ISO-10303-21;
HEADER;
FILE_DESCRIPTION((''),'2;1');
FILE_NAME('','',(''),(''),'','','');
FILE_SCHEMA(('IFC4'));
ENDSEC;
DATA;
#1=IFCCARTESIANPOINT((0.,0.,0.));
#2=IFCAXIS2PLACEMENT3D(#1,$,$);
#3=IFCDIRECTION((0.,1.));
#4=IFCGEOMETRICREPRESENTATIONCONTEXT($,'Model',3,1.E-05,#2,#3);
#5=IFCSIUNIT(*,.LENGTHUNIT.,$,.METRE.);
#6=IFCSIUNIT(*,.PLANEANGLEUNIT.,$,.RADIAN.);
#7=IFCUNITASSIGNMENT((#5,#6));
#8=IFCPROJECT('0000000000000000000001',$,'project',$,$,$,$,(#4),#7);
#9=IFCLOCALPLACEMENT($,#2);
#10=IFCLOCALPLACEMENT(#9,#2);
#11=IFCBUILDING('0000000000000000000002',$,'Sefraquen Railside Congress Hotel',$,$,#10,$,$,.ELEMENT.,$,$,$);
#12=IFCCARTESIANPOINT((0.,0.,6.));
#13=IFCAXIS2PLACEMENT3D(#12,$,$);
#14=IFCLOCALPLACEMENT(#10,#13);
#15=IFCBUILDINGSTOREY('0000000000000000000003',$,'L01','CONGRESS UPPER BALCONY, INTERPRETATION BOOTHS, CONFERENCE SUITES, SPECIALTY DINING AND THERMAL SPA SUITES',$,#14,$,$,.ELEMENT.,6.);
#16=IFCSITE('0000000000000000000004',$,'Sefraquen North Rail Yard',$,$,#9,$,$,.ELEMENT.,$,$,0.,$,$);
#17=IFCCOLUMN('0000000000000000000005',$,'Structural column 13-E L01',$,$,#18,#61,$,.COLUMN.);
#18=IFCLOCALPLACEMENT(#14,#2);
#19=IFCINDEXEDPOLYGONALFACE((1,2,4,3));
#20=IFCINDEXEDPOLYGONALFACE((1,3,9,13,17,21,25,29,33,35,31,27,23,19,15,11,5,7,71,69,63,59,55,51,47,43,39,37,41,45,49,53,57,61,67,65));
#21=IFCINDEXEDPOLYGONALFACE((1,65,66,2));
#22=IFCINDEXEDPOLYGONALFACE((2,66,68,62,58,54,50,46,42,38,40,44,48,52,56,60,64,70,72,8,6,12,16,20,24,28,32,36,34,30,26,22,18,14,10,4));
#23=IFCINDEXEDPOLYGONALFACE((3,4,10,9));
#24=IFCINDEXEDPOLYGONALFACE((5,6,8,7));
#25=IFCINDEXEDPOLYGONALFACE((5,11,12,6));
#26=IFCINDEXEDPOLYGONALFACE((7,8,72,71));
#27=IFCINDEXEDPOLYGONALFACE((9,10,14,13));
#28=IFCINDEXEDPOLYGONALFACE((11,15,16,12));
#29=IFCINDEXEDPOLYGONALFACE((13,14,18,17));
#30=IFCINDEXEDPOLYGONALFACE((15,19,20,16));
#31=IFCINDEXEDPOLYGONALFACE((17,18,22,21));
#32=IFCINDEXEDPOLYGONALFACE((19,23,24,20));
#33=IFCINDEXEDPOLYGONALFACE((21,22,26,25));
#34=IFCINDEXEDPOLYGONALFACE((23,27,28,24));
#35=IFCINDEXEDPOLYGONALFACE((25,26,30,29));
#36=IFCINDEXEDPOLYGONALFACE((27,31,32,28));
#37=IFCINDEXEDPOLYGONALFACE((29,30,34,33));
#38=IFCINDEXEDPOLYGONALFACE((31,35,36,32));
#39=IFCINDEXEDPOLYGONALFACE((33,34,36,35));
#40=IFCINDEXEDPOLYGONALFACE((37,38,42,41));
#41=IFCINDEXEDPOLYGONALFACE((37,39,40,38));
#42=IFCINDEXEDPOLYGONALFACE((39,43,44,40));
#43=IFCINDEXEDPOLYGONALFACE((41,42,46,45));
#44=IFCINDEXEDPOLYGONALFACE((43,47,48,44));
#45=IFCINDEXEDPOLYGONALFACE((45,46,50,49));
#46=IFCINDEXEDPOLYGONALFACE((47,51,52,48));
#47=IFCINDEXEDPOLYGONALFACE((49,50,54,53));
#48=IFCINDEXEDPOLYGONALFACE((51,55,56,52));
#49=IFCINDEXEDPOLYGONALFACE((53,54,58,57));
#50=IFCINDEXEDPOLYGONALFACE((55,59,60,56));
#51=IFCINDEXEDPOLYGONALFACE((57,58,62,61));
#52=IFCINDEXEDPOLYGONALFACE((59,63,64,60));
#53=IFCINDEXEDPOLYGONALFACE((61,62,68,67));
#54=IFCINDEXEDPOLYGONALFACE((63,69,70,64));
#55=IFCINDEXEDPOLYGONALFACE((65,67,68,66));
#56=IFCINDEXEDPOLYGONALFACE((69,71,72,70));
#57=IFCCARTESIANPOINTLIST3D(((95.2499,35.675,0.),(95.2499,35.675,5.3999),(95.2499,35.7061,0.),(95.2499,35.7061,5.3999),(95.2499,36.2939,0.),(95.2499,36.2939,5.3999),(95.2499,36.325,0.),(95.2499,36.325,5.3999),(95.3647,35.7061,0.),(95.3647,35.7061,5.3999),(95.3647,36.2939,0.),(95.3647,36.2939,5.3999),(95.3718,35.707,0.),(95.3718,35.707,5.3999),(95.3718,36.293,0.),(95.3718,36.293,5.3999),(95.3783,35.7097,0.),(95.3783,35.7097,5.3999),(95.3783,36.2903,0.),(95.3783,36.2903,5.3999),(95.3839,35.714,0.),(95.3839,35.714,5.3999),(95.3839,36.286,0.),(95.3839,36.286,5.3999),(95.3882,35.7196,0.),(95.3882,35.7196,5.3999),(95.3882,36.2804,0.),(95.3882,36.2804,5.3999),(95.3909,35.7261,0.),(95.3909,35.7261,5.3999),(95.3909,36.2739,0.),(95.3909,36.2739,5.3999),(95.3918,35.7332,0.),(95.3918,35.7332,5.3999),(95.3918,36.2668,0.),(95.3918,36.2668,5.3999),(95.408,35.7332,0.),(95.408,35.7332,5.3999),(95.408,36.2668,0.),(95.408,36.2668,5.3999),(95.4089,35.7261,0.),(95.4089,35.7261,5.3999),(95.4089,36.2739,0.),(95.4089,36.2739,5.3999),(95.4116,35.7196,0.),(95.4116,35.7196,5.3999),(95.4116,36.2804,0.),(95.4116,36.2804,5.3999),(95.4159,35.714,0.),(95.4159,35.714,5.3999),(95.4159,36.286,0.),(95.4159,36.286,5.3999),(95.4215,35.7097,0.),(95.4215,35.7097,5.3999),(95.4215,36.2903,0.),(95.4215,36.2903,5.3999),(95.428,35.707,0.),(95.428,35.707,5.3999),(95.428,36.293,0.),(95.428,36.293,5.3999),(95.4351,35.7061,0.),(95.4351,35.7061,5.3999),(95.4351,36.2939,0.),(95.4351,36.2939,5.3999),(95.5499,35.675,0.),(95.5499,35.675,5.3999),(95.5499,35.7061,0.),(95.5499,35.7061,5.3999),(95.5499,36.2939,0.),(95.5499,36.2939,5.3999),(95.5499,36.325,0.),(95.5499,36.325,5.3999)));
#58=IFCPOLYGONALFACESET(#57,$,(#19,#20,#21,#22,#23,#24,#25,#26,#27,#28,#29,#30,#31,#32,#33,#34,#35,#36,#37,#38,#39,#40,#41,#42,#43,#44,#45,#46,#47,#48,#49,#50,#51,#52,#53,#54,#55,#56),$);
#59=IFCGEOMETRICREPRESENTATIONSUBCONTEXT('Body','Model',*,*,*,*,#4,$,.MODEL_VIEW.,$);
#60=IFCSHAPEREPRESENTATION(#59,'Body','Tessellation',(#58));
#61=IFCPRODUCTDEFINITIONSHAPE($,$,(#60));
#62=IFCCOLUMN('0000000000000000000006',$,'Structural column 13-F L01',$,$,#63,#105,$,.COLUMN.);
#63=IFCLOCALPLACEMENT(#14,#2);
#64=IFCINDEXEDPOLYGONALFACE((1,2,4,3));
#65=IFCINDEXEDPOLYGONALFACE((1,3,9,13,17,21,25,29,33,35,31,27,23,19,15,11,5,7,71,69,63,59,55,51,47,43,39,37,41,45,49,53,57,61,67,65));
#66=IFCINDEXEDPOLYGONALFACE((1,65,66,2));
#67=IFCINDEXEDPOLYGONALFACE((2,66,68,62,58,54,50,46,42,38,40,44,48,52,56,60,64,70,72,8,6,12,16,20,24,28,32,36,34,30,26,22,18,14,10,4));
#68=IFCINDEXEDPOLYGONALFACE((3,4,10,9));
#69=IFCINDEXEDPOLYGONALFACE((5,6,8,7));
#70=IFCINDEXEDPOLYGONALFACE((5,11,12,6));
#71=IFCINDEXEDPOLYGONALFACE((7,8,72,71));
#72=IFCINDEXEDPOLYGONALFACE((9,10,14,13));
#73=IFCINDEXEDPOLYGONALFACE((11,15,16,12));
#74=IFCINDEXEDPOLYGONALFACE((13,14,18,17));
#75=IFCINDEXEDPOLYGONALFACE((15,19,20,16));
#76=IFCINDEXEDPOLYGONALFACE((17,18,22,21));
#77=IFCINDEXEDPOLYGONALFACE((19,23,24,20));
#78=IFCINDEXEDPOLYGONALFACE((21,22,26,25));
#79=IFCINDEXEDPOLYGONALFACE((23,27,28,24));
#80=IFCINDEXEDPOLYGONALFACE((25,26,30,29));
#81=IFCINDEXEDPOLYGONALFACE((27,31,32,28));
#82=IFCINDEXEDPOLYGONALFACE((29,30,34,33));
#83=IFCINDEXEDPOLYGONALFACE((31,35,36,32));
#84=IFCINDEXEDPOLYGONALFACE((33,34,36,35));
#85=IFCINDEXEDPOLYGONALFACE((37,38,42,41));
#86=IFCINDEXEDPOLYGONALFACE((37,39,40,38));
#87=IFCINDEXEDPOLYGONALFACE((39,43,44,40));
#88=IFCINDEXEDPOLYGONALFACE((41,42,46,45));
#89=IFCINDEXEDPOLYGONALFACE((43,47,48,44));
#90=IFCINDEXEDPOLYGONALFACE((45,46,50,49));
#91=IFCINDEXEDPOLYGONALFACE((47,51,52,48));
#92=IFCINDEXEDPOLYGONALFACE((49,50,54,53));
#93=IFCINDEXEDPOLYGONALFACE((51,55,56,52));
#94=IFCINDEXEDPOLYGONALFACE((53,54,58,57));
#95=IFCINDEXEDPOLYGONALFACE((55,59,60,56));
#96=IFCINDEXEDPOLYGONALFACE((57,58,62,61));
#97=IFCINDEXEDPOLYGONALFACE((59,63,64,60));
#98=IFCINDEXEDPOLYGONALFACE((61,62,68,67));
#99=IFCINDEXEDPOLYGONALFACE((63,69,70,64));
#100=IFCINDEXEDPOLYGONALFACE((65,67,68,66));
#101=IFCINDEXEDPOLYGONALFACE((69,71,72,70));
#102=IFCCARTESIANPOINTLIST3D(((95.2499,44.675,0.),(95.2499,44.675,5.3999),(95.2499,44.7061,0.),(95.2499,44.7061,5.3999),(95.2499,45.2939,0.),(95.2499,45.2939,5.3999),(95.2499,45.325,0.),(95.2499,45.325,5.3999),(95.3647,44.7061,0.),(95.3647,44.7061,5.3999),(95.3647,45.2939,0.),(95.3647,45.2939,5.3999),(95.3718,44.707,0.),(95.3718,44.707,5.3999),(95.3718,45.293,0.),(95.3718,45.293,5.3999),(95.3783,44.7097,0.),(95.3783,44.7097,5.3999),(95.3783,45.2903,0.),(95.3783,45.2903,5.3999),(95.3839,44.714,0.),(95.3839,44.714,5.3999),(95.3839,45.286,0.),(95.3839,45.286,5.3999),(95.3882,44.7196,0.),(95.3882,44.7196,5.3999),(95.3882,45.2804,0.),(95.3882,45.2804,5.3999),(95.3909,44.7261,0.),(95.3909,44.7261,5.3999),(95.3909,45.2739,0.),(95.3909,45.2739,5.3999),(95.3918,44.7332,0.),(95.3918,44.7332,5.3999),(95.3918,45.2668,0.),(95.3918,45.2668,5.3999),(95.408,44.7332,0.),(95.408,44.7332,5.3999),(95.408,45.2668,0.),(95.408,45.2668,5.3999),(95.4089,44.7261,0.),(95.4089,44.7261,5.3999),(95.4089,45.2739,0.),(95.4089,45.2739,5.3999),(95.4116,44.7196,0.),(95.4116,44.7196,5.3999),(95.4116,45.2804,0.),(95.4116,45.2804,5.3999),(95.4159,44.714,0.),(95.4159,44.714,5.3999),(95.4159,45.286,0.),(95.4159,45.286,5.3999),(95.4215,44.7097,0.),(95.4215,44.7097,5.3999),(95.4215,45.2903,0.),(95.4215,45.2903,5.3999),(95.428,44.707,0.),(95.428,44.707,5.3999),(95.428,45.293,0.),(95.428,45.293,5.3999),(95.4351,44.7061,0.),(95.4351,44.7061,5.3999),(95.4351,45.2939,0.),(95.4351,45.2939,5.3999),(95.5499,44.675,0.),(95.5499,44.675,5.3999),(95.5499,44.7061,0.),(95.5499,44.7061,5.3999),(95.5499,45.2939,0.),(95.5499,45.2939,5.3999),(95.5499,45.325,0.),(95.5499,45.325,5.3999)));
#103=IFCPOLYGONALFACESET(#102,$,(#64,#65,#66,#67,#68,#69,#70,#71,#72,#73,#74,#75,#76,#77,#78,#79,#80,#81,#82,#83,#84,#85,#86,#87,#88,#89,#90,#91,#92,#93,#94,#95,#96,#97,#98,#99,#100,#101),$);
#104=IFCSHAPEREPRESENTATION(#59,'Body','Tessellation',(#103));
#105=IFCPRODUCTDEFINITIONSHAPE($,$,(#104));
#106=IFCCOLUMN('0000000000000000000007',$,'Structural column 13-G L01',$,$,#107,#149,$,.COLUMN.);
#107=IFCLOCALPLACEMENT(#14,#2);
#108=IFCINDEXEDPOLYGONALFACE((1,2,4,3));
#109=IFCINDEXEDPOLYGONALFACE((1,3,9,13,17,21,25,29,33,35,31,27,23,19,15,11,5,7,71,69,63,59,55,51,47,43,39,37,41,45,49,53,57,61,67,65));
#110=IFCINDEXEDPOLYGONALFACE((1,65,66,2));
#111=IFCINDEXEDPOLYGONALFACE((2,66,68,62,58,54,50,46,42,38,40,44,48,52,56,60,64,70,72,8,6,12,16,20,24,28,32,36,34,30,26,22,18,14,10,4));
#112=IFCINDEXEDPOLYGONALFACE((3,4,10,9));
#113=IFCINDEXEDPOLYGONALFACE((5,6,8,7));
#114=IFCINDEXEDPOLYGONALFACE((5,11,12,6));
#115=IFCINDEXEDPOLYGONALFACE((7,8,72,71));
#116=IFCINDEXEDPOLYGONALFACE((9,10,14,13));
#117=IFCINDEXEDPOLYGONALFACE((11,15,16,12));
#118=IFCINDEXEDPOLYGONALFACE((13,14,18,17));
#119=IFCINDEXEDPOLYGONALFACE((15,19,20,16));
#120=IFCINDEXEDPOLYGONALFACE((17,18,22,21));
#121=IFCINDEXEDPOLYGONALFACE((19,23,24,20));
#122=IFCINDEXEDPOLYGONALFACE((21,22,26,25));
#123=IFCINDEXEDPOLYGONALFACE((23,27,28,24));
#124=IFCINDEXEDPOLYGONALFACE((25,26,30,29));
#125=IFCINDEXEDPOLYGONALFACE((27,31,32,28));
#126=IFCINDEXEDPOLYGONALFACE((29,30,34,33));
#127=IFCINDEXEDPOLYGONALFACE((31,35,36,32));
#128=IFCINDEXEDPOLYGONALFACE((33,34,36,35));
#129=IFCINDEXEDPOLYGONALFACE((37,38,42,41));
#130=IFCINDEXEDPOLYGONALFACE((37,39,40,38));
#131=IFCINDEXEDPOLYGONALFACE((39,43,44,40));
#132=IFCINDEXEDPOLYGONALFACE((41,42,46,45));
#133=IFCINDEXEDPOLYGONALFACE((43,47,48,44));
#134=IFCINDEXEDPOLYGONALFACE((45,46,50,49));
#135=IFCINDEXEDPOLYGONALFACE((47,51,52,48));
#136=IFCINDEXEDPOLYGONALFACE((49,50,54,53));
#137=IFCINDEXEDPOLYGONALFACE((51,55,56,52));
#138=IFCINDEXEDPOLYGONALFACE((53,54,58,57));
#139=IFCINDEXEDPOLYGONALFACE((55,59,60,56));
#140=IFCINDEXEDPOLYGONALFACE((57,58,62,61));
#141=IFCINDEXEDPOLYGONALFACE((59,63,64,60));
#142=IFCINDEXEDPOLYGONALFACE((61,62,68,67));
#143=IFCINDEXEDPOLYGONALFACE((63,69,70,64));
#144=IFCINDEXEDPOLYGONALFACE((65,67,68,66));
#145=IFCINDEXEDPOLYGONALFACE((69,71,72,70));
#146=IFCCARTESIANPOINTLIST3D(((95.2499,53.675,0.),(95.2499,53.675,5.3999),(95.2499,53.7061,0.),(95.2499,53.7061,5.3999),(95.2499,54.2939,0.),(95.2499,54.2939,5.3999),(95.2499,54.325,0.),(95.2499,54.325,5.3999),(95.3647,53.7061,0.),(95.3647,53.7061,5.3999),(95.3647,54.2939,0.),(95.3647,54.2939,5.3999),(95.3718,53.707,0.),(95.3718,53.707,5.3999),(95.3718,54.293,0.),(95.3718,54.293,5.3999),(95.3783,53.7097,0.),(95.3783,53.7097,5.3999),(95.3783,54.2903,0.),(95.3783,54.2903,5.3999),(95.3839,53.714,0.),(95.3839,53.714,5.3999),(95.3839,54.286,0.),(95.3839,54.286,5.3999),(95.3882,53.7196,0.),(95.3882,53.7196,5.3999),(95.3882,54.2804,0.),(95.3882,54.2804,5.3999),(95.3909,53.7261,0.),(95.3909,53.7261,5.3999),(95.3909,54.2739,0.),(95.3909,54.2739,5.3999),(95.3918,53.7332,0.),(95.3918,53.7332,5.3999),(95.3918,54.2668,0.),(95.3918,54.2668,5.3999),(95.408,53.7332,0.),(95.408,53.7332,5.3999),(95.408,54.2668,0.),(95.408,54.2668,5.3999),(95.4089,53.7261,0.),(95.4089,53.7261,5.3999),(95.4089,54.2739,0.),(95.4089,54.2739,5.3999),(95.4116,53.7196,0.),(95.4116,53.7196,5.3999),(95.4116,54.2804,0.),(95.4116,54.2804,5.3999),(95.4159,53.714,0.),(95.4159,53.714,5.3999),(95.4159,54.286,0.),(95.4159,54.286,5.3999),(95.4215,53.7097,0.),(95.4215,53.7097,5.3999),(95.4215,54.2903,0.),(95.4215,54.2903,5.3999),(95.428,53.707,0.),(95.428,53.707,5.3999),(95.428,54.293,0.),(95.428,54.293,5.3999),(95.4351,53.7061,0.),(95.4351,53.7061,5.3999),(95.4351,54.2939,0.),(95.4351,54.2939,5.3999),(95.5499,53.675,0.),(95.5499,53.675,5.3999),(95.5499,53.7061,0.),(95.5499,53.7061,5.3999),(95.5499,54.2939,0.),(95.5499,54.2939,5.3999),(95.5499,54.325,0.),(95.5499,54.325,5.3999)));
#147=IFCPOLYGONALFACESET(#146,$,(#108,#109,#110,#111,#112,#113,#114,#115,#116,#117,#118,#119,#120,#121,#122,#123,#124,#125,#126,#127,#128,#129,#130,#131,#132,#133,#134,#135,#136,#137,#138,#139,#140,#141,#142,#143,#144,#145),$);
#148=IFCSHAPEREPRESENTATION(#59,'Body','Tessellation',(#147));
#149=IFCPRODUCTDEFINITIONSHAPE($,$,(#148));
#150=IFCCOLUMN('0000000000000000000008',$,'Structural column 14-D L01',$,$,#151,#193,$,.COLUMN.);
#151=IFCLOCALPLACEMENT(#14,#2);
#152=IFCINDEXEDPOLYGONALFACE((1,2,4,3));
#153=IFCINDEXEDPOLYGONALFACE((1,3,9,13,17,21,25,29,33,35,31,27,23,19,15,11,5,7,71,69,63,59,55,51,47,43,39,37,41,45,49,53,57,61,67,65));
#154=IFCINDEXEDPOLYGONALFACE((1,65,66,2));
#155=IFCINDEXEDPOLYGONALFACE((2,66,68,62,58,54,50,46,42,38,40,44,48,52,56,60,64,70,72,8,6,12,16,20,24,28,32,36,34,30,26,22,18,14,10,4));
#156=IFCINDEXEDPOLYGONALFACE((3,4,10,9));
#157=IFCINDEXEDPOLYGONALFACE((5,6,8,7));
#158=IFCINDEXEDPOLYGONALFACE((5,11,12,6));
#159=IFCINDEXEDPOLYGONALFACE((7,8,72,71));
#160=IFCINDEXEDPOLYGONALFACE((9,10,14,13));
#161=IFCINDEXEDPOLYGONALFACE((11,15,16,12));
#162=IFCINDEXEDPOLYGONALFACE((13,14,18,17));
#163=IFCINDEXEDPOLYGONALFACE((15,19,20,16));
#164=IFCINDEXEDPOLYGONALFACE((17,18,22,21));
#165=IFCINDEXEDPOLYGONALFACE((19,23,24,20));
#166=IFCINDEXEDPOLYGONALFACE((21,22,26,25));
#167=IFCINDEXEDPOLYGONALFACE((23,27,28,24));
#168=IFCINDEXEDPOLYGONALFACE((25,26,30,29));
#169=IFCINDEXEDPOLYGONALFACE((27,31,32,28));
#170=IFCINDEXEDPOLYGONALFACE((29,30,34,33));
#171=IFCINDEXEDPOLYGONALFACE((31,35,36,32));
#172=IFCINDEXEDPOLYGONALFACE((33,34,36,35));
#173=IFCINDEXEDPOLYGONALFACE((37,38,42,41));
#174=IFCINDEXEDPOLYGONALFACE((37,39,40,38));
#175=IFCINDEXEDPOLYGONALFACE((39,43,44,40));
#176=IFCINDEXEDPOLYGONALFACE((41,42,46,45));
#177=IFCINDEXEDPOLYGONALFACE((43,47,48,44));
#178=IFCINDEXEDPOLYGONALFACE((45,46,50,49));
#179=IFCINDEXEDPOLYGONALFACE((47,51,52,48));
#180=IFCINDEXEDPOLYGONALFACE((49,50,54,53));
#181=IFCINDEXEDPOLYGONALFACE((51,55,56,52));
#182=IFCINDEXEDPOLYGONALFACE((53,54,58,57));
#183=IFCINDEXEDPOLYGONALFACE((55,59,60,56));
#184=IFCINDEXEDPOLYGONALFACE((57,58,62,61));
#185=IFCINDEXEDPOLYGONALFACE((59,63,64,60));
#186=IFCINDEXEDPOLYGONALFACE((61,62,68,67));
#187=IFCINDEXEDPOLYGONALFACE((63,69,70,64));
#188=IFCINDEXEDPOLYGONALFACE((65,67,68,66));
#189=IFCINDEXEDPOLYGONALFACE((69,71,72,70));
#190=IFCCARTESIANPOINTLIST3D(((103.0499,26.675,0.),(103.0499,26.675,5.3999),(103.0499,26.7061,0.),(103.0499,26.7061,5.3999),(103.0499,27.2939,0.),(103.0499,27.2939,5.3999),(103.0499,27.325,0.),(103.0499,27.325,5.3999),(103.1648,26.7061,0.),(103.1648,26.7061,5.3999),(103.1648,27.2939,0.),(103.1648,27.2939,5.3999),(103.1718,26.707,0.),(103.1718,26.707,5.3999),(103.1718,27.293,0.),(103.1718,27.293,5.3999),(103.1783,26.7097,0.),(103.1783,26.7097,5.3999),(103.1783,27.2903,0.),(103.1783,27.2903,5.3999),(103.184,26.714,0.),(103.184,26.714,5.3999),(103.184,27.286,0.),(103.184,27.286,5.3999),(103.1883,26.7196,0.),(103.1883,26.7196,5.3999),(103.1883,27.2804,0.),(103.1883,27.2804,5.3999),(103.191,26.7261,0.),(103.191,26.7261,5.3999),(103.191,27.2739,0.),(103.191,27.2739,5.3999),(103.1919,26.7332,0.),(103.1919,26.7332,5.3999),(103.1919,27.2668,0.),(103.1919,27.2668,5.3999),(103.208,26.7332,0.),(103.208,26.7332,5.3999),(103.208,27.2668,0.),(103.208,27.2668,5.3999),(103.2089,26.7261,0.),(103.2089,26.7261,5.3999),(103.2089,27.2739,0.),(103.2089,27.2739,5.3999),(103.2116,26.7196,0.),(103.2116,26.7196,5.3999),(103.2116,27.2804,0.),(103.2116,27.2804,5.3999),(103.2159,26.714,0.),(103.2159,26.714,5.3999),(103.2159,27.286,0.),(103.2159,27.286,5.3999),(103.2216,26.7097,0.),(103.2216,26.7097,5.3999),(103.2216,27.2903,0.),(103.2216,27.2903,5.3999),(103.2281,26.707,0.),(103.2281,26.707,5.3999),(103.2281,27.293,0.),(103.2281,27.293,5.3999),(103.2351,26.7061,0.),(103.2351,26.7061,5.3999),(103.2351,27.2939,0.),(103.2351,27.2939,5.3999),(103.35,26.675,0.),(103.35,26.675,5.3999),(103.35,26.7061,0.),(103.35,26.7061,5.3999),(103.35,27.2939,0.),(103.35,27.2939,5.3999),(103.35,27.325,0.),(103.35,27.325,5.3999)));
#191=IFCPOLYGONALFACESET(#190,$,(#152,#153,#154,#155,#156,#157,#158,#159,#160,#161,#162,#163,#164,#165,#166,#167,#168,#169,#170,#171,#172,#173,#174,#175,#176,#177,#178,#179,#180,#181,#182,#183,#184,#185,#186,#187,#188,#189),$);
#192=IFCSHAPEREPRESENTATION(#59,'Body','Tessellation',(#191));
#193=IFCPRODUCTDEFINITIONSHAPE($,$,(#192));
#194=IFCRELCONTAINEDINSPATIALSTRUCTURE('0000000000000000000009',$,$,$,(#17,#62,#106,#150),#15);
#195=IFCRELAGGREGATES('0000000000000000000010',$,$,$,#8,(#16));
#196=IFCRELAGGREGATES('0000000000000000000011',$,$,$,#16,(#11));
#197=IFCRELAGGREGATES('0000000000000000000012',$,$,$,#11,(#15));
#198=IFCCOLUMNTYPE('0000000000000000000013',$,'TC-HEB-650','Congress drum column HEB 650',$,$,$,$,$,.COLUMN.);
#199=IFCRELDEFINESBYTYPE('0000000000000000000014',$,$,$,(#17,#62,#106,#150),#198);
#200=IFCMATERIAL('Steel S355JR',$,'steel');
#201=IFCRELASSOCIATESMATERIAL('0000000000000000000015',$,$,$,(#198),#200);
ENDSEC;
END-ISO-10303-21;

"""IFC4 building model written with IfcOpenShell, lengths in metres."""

from ifc_helpers import new_model, si_unit, direction, frame, origin, origin_2d, place, context, subcontext, project, spatial, i_section, extrude, material, material_profile, profile_set, type_object, element, save


model = new_model("IFC4")

# Units and contexts
model_context = context("Model", 3, precision=1e-05, world=origin(), true_north=direction((0.0, 1.0)))
body_context = subcontext(model_context, "Body", "Model", "MODEL_VIEW")
ifc_project = project(units=[si_unit("LENGTHUNIT", "METRE"), si_unit("PLANEANGLEUNIT", "RADIAN")], contexts=[model_context])

# Site, building, storey
site_placement = place(None, origin())
site = spatial("IfcSite", under=ifc_project, at=site_placement, Name="Sefraquen North Rail Yard", CompositionType="ELEMENT", RefElevation=0.0)
building_placement = place(site_placement, origin())
building = spatial("IfcBuilding", under=site, at=building_placement, Name="Sefraquen Railside Congress Hotel", CompositionType="ELEMENT")
storey_placement = place(building_placement, frame((0.0, 0.0, 6.0)))
storey = spatial("IfcBuildingStorey", under=building, at=storey_placement, Name="L01", Description="CONGRESS UPPER BALCONY, INTERPRETATION BOOTHS, CONFERENCE SUITES, SPECIALTY DINING AND THERMAL SPA SUITES", CompositionType="ELEMENT", Elevation=6.0)

# Columns
ifc_material_1 = material(Name="Steel S355JR", Category="steel")
ifc_material_profile_1 = material_profile(ifc_material_1, i_section(OverallWidth=0.3, OverallDepth=0.6499, WebThickness=0.0161, FlangeThickness=0.031, FilletRadius=0.0271, at=origin_2d()), Name="HEB 650")
ifc_profile_set_1 = profile_set([ifc_material_profile_1], Name="Steel S355JR")
column_type = type_object("IfcColumnType", Name="TC-HEB-650", Description="Congress drum column HEB 650", PredefinedType="COLUMN", material=ifc_profile_set_1)
for number, where, z_axis, x_axis, name in (
    (1, (95.3999, 36.0, 0.0), (0.0, 0.0, 1.0), (1.0, 0.0, 0.0), "Structural column 13-E L01"),
    (2, (95.3999, 45.0, 0.0), (0.0, 0.0, 1.0), (1.0, 0.0, 0.0), "Structural column 13-F L01"),
    (3, (95.3999, 54.0, 0.0), (0.0, 0.0, 1.0), (1.0, 0.0, 0.0), "Structural column 13-G L01"),
    (4, (103.2, 27.0, 0.0), (0.0, 0.0, 1.0), (1.0, 0.0, 0.0), "Structural column 14-D L01"),
):
    element("IfcColumn", number, at=place(storey_placement, frame(where, z_axis=z_axis, x_axis=x_axis)), inside=storey, type_object=column_type, Name=name, PredefinedType="COLUMN", context=body_context, shape_type="SweptSolid", body=[
        extrude(i_section(OverallWidth=0.3, OverallDepth=0.6499, WebThickness=0.0161, FlangeThickness=0.031, FilletRadius=0.0271, at=origin_2d()), origin(), (0.0, 0.0, 1.0), 5.3999),
    ])

save(model, "model.ifc")
